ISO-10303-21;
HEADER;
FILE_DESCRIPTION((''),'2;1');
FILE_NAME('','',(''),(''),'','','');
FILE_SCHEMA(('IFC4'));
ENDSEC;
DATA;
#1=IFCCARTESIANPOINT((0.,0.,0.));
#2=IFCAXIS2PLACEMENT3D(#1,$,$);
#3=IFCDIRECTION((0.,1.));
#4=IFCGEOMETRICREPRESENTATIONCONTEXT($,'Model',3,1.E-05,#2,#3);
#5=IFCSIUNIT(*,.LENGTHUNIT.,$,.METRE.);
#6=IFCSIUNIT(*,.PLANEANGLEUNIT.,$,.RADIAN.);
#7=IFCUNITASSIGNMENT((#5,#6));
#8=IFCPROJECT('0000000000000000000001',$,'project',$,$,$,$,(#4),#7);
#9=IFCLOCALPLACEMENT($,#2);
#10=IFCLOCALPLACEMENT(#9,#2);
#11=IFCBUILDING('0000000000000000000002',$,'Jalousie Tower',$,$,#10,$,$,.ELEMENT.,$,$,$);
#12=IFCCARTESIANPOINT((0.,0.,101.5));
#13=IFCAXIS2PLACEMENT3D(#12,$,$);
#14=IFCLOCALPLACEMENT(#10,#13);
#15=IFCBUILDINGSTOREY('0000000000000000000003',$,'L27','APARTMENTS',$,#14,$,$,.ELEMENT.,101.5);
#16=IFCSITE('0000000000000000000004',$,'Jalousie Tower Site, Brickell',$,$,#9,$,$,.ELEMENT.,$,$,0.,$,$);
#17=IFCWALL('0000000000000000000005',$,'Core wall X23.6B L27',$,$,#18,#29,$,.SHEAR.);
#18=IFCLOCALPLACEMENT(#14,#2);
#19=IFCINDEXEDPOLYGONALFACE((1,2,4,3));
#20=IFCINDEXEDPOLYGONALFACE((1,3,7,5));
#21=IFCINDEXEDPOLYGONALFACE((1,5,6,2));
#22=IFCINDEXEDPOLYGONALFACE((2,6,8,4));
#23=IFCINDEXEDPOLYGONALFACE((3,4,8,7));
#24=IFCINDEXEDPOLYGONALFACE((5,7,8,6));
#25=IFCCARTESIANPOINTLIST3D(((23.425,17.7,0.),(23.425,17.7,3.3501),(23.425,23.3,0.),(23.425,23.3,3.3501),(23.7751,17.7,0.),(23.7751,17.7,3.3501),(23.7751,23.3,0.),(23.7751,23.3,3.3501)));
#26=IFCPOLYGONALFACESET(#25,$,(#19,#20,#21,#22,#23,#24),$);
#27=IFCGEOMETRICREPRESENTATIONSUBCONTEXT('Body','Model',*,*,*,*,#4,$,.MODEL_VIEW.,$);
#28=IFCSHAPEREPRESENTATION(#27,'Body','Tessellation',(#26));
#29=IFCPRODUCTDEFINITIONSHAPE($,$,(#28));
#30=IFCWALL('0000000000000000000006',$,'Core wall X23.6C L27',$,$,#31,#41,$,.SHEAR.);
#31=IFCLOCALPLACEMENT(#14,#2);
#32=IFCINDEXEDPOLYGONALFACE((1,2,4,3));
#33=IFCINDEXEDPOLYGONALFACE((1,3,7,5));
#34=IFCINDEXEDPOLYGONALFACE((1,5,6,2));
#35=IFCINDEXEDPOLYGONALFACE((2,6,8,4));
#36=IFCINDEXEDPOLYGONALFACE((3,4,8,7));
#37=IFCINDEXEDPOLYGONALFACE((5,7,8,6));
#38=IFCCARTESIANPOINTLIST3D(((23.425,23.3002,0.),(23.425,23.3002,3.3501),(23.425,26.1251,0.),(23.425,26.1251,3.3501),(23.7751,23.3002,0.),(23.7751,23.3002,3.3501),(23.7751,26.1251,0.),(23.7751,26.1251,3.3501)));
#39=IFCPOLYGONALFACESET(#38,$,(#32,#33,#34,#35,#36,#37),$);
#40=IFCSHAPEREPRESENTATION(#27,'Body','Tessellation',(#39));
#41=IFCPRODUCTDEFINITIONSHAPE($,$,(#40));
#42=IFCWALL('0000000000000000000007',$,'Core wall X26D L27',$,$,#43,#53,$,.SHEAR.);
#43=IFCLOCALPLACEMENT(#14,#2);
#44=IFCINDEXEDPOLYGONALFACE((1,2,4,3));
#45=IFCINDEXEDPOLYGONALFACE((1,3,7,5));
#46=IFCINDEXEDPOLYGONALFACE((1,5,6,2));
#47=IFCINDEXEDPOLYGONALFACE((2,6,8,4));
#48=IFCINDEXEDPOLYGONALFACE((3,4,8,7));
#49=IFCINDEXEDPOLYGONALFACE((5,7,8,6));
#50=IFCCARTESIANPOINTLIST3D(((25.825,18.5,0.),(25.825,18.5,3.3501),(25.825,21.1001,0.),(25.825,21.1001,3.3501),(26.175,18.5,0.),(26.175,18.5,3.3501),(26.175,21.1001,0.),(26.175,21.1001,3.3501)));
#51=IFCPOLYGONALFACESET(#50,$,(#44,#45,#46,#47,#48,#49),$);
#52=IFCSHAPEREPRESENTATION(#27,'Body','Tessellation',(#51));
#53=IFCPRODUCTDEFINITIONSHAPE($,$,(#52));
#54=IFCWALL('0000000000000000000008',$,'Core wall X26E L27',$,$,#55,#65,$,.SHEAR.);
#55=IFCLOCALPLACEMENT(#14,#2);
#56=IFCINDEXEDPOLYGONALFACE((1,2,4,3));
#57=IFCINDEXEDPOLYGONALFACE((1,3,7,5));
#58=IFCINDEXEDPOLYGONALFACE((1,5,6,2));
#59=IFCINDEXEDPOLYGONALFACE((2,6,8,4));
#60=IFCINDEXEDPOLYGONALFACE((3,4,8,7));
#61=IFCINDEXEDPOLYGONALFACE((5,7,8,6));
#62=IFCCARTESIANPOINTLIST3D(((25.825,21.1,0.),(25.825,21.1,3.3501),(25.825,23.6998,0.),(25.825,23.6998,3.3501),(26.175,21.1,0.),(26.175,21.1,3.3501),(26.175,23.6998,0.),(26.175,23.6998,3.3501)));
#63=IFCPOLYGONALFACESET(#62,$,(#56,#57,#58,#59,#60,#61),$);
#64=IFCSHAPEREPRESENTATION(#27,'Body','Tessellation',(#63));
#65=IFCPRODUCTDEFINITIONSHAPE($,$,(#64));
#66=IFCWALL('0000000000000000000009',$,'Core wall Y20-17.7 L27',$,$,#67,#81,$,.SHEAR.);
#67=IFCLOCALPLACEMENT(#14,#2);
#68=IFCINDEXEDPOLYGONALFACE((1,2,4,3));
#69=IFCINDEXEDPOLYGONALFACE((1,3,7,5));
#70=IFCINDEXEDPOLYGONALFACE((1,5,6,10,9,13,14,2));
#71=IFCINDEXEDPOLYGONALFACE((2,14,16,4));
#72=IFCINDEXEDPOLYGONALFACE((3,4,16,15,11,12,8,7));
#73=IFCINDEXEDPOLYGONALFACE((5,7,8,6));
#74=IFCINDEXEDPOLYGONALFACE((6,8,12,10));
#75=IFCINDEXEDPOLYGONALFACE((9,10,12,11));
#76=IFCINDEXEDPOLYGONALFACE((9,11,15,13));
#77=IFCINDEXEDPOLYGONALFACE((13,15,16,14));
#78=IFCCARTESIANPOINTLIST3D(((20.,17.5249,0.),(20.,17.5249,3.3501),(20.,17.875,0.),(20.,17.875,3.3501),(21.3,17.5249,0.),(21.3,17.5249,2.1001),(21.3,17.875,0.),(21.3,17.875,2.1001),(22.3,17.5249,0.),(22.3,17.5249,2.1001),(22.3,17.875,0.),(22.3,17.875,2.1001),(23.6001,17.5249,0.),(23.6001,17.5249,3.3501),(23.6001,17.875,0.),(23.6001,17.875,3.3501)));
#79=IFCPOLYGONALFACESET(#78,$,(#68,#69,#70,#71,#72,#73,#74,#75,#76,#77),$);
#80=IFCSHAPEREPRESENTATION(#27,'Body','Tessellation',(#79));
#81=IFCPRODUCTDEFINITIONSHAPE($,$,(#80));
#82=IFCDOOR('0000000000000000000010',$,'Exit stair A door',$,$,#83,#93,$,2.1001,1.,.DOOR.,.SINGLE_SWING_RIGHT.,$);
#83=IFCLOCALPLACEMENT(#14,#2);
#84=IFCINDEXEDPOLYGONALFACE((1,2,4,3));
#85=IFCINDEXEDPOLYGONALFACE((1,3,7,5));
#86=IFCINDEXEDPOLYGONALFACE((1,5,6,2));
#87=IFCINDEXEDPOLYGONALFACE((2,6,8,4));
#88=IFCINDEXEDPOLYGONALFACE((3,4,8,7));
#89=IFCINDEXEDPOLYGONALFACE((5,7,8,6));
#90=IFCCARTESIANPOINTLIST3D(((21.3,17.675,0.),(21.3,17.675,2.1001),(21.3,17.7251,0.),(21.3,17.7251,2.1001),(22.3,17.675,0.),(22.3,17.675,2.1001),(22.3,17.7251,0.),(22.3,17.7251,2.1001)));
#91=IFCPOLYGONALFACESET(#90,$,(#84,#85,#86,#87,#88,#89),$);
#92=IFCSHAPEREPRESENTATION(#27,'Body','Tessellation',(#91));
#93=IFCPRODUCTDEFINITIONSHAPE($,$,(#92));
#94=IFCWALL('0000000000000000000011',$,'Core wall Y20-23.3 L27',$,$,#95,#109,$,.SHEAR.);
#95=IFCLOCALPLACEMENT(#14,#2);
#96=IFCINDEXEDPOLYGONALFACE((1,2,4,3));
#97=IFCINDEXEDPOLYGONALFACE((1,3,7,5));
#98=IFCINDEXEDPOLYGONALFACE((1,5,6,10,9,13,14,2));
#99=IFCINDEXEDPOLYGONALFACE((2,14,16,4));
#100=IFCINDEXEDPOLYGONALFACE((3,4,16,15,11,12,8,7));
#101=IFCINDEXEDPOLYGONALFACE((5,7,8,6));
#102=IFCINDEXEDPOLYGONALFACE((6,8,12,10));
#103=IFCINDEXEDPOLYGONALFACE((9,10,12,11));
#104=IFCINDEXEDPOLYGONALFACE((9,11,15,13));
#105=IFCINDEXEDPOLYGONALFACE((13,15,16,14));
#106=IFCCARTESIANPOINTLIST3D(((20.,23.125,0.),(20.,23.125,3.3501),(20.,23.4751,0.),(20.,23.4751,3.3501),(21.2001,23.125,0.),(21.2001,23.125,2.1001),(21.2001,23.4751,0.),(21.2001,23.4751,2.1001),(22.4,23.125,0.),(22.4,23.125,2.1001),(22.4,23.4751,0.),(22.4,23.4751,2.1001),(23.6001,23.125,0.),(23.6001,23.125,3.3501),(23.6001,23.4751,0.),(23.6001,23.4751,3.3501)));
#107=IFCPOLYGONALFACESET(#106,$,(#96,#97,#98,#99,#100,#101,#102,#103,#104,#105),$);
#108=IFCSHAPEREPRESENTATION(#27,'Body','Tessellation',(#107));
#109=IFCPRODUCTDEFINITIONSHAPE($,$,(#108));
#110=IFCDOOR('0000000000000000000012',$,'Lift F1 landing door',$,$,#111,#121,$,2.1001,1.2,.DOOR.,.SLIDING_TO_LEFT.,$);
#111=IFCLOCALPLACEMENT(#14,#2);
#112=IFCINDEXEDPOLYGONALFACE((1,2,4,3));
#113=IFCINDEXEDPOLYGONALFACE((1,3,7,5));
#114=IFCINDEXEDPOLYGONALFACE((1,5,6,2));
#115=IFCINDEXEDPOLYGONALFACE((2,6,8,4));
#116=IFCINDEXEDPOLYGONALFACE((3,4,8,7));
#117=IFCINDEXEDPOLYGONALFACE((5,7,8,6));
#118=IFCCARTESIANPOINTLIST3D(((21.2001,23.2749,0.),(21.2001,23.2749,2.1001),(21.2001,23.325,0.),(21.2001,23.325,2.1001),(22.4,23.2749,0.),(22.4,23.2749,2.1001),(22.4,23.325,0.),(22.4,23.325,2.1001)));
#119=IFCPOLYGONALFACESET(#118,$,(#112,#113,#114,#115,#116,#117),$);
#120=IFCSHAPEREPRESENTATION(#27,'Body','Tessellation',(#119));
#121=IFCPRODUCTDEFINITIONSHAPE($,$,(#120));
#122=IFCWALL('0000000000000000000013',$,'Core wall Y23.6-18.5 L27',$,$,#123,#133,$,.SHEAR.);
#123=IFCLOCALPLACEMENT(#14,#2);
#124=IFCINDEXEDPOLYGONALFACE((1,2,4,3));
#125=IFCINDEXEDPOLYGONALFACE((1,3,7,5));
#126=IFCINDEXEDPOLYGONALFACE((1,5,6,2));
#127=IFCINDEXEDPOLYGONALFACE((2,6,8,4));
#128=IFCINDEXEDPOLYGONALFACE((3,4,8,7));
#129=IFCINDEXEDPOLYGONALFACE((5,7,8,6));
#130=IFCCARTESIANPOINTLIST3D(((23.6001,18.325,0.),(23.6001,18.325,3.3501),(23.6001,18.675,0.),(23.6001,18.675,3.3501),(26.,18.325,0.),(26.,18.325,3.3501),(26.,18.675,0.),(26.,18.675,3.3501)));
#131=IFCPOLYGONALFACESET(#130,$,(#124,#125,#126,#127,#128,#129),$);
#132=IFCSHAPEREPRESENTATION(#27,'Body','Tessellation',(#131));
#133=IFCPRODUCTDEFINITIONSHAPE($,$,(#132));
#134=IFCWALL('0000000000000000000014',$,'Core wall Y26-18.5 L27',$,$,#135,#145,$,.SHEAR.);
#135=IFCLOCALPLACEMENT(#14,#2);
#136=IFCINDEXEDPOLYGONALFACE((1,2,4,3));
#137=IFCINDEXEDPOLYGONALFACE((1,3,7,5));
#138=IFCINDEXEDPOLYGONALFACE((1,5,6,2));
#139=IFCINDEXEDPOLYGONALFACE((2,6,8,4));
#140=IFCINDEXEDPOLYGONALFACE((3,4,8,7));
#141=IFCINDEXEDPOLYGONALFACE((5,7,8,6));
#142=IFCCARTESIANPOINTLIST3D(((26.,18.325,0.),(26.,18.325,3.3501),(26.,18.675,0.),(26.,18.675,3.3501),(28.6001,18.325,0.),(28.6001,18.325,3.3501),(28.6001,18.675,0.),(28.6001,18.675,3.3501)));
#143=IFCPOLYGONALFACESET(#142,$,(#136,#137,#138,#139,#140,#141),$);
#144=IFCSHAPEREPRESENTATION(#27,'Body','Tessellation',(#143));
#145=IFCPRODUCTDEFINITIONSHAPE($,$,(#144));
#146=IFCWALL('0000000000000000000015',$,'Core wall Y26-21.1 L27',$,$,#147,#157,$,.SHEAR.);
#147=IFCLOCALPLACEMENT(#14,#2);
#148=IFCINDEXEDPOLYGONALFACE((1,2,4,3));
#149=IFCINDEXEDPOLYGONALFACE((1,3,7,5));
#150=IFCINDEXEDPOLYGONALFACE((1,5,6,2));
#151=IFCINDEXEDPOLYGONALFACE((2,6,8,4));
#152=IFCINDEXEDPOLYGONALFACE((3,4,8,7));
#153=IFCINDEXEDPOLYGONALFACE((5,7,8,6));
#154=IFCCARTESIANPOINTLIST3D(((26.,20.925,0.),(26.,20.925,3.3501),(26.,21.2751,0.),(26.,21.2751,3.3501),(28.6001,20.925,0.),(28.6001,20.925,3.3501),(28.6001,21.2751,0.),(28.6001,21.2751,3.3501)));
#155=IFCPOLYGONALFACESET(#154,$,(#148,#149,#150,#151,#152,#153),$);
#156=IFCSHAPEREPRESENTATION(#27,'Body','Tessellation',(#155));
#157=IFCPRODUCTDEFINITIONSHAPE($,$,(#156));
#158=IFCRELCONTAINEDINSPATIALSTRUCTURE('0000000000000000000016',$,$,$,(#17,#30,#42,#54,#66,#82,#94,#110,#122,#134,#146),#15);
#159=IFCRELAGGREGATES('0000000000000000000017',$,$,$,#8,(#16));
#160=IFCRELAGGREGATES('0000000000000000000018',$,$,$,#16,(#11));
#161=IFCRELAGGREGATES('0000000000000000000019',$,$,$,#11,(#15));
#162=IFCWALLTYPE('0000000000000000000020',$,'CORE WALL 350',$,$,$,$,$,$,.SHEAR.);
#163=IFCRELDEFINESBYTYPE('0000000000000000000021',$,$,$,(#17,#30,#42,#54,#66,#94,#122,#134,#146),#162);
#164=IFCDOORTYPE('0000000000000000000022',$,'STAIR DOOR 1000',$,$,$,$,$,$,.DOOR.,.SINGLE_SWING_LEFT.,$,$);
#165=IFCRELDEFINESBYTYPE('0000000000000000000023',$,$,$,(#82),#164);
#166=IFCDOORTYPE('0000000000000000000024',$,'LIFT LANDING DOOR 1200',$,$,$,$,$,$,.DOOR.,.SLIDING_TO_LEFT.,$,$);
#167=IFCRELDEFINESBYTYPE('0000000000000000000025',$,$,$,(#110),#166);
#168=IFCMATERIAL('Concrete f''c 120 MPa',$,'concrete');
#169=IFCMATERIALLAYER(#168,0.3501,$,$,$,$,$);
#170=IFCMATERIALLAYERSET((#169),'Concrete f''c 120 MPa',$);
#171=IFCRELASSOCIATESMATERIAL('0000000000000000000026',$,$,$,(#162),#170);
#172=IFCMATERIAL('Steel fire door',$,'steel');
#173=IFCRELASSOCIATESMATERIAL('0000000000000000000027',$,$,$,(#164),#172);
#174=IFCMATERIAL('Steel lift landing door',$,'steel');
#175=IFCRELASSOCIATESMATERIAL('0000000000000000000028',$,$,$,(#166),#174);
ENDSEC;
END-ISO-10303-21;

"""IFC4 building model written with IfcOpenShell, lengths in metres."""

from ifc_helpers import new_model, si_unit, direction, frame, frame_2d, origin, place, context, subcontext, project, spatial, rectangle, extrude, material, layer, layer_set, type_object, element, fill, save


model = new_model("IFC4")

# Units and contexts
model_context = context("Model", 3, precision=1e-05, world=origin(), true_north=direction((0.0, 1.0)))
body_context = subcontext(model_context, "Body", "Model", "MODEL_VIEW")
ifc_project = project(units=[si_unit("LENGTHUNIT", "METRE"), si_unit("PLANEANGLEUNIT", "RADIAN")], contexts=[model_context])

# Site, building, storey
site_placement = place(None, origin())
site = spatial("IfcSite", under=ifc_project, at=site_placement, Name="Jalousie Tower Site, Brickell", CompositionType="ELEMENT", RefElevation=0.0)
building_placement = place(site_placement, origin())
building = spatial("IfcBuilding", under=site, at=building_placement, Name="Jalousie Tower", CompositionType="ELEMENT")
storey_placement = place(building_placement, frame((0.0, 0.0, 101.5)))
storey = spatial("IfcBuildingStorey", under=building, at=storey_placement, Name="L27", Description="APARTMENTS", CompositionType="ELEMENT", Elevation=101.5)

# Walls
ifc_material_1 = material(Name="Concrete f'c 120 MPa", Category="concrete")
ifc_layer_1 = layer(ifc_material_1, 0.3501)
ifc_layer_set_1 = layer_set([ifc_layer_1], Name="Concrete f'c 120 MPa")
wall_type_1 = type_object("IfcWallType", Name="CORE WALL 350", PredefinedType="SHEAR", material=ifc_layer_set_1)
wall_1_placement = place(storey_placement, frame((23.6001, 17.7, 0.0), z_axis=(0.0, 0.0, 1.0), x_axis=(0.0, 1.0, 0.0)))
element("IfcWall", 1, at=wall_1_placement, inside=storey, type_object=wall_type_1, Name="Core wall X23.6B L27", PredefinedType="SHEAR", context=body_context, shape_type="SweptSolid", body=[
    extrude(rectangle(XDim=5.6001, YDim=0.3501, at=frame_2d((2.8, 0.0))), origin(), (0.0, 0.0, 1.0), 3.3501),
])
wall_2_placement = place(storey_placement, frame((23.6001, 23.3, 0.0), z_axis=(0.0, 0.0, 1.0), x_axis=(0.0, 1.0, 0.0)))
element("IfcWall", 2, at=wall_2_placement, inside=storey, type_object=wall_type_1, Name="Core wall X23.6C L27", PredefinedType="SHEAR", context=body_context, shape_type="SweptSolid", body=[
    extrude(rectangle(XDim=2.825, YDim=0.3501, at=frame_2d((1.4126, 0.0))), origin(), (0.0, 0.0, 1.0), 3.3501),
])
wall_3_placement = place(storey_placement, frame((26.0, 18.5, 0.0), z_axis=(0.0, 0.0, 1.0), x_axis=(0.0, 1.0, 0.0)))
element("IfcWall", 3, at=wall_3_placement, inside=storey, type_object=wall_type_1, Name="Core wall X26D L27", PredefinedType="SHEAR", context=body_context, shape_type="SweptSolid", body=[
    extrude(rectangle(XDim=2.6001, YDim=0.3501, at=frame_2d((1.3, 0.0))), origin(), (0.0, 0.0, 1.0), 3.3501),
])
wall_4_placement = place(storey_placement, frame((26.0, 21.1001, 0.0), z_axis=(0.0, 0.0, 1.0), x_axis=(0.0, 1.0, 0.0)))
element("IfcWall", 4, at=wall_4_placement, inside=storey, type_object=wall_type_1, Name="Core wall X26E L27", PredefinedType="SHEAR", context=body_context, shape_type="SweptSolid", body=[
    extrude(rectangle(XDim=2.5999, YDim=0.3501, at=frame_2d((1.2998, 0.0))), origin(), (0.0, 0.0, 1.0), 3.3501),
])

# Walls, openings, doors
wall_5_placement = place(storey_placement, frame((20.0, 17.7, 0.0), z_axis=(0.0, 0.0, 1.0), x_axis=(1.0, 0.0, 0.0)))
wall_5 = element("IfcWall", 5, at=wall_5_placement, inside=storey, type_object=wall_type_1, Name="Core wall Y20-17.7 L27", PredefinedType="SHEAR", context=body_context, shape_type="SweptSolid", body=[
    extrude(rectangle(XDim=3.6001, YDim=0.3501, at=frame_2d((1.8, 0.0))), origin(), (0.0, 0.0, 1.0), 3.3501),
])
opening_1_placement = place(wall_5_placement, frame((1.3, 0.0, 0.0)))
opening_1 = element("IfcOpeningElement", 6, at=opening_1_placement, cuts=wall_5, PredefinedType="OPENING", context=body_context, shape_type="SweptSolid", body=[
    extrude(rectangle(XDim=1.0, YDim=2.1001, at=frame_2d((0.5, 1.05))), frame((0.0, 0.1851, 0.0), z_axis=(0.0, -1.0, 0.0), x_axis=(1.0, 0.0, 0.0)), (0.0, 0.0, 1.0), 0.3701),
])
ifc_material_2 = material(Name="Steel fire door", Category="steel")
door_type_1 = type_object("IfcDoorType", Name="STAIR DOOR 1000", OperationType="SINGLE_SWING_LEFT", PredefinedType="DOOR", material=ifc_material_2)
door_1_placement = place(opening_1_placement, frame((1.0, 0.0, 0.0), z_axis=(0.0, 0.0, 1.0), x_axis=(-1.0, 0.0, 0.0)))
door_1 = element("IfcDoor", 7, at=door_1_placement, inside=storey, type_object=door_type_1, Name="Exit stair A door", OperationType="SINGLE_SWING_RIGHT", OverallHeight=2.1001, OverallWidth=1.0, PredefinedType="DOOR", context=body_context, shape_type="SweptSolid", body=[
    extrude(rectangle(XDim=1.0, YDim=2.1001, at=frame_2d((0.5, 1.05))), frame((0.0, 0.0249, 0.0), z_axis=(0.0, -1.0, 0.0), x_axis=(1.0, 0.0, 0.0)), (0.0, 0.0, 1.0), 0.05),
])
fill(opening_1, door_1)
wall_6_placement = place(storey_placement, frame((20.0, 23.3, 0.0), z_axis=(0.0, 0.0, 1.0), x_axis=(1.0, 0.0, 0.0)))
wall_6 = element("IfcWall", 8, at=wall_6_placement, inside=storey, type_object=wall_type_1, Name="Core wall Y20-23.3 L27", PredefinedType="SHEAR", context=body_context, shape_type="SweptSolid", body=[
    extrude(rectangle(XDim=3.6001, YDim=0.3501, at=frame_2d((1.8, 0.0))), origin(), (0.0, 0.0, 1.0), 3.3501),
])
opening_2_placement = place(wall_6_placement, frame((1.2, 0.0, 0.0)))
opening_2 = element("IfcOpeningElement", 9, at=opening_2_placement, cuts=wall_6, PredefinedType="OPENING", context=body_context, shape_type="SweptSolid", body=[
    extrude(rectangle(XDim=1.2, YDim=2.1001, at=frame_2d((0.6001, 1.05))), frame((0.0, 0.1851, 0.0), z_axis=(0.0, -1.0, 0.0), x_axis=(1.0, 0.0, 0.0)), (0.0, 0.0, 1.0), 0.3701),
])
ifc_material_3 = material(Name="Steel lift landing door", Category="steel")
door_type_2 = type_object("IfcDoorType", Name="LIFT LANDING DOOR 1200", OperationType="SLIDING_TO_LEFT", PredefinedType="DOOR", material=ifc_material_3)
door_2_placement = place(opening_2_placement, origin())
door_2 = element("IfcDoor", 10, at=door_2_placement, inside=storey, type_object=door_type_2, Name="Lift F1 landing door", OperationType="SLIDING_TO_LEFT", OverallHeight=2.1001, OverallWidth=1.2, PredefinedType="DOOR", context=body_context, shape_type="SweptSolid", body=[
    extrude(rectangle(XDim=1.2, YDim=2.1001, at=frame_2d((0.6001, 1.05))), frame((0.0, 0.0249, 0.0), z_axis=(0.0, -1.0, 0.0), x_axis=(1.0, 0.0, 0.0)), (0.0, 0.0, 1.0), 0.05),
])
fill(opening_2, door_2)

# Walls
wall_7_placement = place(storey_placement, frame((23.6001, 18.5, 0.0), z_axis=(0.0, 0.0, 1.0), x_axis=(1.0, 0.0, 0.0)))
element("IfcWall", 11, at=wall_7_placement, inside=storey, type_object=wall_type_1, Name="Core wall Y23.6-18.5 L27", PredefinedType="SHEAR", context=body_context, shape_type="SweptSolid", body=[
    extrude(rectangle(XDim=2.3999, YDim=0.3501, at=frame_2d((1.2, 0.0))), origin(), (0.0, 0.0, 1.0), 3.3501),
])
for number, where, z_axis, x_axis, name in (
    (12, (26.0, 18.5, 0.0), (0.0, 0.0, 1.0), (1.0, 0.0, 0.0), "Core wall Y26-18.5 L27"),
    (13, (26.0, 21.1001, 0.0), (0.0, 0.0, 1.0), (1.0, 0.0, 0.0), "Core wall Y26-21.1 L27"),
):
    element("IfcWall", number, at=place(storey_placement, frame(where, z_axis=z_axis, x_axis=x_axis)), inside=storey, type_object=wall_type_1, Name=name, PredefinedType="SHEAR", context=body_context, shape_type="SweptSolid", body=[
        extrude(rectangle(XDim=2.6001, YDim=0.3501, at=frame_2d((1.3, 0.0))), origin(), (0.0, 0.0, 1.0), 3.3501),
    ])

save(model, "model.ifc")
